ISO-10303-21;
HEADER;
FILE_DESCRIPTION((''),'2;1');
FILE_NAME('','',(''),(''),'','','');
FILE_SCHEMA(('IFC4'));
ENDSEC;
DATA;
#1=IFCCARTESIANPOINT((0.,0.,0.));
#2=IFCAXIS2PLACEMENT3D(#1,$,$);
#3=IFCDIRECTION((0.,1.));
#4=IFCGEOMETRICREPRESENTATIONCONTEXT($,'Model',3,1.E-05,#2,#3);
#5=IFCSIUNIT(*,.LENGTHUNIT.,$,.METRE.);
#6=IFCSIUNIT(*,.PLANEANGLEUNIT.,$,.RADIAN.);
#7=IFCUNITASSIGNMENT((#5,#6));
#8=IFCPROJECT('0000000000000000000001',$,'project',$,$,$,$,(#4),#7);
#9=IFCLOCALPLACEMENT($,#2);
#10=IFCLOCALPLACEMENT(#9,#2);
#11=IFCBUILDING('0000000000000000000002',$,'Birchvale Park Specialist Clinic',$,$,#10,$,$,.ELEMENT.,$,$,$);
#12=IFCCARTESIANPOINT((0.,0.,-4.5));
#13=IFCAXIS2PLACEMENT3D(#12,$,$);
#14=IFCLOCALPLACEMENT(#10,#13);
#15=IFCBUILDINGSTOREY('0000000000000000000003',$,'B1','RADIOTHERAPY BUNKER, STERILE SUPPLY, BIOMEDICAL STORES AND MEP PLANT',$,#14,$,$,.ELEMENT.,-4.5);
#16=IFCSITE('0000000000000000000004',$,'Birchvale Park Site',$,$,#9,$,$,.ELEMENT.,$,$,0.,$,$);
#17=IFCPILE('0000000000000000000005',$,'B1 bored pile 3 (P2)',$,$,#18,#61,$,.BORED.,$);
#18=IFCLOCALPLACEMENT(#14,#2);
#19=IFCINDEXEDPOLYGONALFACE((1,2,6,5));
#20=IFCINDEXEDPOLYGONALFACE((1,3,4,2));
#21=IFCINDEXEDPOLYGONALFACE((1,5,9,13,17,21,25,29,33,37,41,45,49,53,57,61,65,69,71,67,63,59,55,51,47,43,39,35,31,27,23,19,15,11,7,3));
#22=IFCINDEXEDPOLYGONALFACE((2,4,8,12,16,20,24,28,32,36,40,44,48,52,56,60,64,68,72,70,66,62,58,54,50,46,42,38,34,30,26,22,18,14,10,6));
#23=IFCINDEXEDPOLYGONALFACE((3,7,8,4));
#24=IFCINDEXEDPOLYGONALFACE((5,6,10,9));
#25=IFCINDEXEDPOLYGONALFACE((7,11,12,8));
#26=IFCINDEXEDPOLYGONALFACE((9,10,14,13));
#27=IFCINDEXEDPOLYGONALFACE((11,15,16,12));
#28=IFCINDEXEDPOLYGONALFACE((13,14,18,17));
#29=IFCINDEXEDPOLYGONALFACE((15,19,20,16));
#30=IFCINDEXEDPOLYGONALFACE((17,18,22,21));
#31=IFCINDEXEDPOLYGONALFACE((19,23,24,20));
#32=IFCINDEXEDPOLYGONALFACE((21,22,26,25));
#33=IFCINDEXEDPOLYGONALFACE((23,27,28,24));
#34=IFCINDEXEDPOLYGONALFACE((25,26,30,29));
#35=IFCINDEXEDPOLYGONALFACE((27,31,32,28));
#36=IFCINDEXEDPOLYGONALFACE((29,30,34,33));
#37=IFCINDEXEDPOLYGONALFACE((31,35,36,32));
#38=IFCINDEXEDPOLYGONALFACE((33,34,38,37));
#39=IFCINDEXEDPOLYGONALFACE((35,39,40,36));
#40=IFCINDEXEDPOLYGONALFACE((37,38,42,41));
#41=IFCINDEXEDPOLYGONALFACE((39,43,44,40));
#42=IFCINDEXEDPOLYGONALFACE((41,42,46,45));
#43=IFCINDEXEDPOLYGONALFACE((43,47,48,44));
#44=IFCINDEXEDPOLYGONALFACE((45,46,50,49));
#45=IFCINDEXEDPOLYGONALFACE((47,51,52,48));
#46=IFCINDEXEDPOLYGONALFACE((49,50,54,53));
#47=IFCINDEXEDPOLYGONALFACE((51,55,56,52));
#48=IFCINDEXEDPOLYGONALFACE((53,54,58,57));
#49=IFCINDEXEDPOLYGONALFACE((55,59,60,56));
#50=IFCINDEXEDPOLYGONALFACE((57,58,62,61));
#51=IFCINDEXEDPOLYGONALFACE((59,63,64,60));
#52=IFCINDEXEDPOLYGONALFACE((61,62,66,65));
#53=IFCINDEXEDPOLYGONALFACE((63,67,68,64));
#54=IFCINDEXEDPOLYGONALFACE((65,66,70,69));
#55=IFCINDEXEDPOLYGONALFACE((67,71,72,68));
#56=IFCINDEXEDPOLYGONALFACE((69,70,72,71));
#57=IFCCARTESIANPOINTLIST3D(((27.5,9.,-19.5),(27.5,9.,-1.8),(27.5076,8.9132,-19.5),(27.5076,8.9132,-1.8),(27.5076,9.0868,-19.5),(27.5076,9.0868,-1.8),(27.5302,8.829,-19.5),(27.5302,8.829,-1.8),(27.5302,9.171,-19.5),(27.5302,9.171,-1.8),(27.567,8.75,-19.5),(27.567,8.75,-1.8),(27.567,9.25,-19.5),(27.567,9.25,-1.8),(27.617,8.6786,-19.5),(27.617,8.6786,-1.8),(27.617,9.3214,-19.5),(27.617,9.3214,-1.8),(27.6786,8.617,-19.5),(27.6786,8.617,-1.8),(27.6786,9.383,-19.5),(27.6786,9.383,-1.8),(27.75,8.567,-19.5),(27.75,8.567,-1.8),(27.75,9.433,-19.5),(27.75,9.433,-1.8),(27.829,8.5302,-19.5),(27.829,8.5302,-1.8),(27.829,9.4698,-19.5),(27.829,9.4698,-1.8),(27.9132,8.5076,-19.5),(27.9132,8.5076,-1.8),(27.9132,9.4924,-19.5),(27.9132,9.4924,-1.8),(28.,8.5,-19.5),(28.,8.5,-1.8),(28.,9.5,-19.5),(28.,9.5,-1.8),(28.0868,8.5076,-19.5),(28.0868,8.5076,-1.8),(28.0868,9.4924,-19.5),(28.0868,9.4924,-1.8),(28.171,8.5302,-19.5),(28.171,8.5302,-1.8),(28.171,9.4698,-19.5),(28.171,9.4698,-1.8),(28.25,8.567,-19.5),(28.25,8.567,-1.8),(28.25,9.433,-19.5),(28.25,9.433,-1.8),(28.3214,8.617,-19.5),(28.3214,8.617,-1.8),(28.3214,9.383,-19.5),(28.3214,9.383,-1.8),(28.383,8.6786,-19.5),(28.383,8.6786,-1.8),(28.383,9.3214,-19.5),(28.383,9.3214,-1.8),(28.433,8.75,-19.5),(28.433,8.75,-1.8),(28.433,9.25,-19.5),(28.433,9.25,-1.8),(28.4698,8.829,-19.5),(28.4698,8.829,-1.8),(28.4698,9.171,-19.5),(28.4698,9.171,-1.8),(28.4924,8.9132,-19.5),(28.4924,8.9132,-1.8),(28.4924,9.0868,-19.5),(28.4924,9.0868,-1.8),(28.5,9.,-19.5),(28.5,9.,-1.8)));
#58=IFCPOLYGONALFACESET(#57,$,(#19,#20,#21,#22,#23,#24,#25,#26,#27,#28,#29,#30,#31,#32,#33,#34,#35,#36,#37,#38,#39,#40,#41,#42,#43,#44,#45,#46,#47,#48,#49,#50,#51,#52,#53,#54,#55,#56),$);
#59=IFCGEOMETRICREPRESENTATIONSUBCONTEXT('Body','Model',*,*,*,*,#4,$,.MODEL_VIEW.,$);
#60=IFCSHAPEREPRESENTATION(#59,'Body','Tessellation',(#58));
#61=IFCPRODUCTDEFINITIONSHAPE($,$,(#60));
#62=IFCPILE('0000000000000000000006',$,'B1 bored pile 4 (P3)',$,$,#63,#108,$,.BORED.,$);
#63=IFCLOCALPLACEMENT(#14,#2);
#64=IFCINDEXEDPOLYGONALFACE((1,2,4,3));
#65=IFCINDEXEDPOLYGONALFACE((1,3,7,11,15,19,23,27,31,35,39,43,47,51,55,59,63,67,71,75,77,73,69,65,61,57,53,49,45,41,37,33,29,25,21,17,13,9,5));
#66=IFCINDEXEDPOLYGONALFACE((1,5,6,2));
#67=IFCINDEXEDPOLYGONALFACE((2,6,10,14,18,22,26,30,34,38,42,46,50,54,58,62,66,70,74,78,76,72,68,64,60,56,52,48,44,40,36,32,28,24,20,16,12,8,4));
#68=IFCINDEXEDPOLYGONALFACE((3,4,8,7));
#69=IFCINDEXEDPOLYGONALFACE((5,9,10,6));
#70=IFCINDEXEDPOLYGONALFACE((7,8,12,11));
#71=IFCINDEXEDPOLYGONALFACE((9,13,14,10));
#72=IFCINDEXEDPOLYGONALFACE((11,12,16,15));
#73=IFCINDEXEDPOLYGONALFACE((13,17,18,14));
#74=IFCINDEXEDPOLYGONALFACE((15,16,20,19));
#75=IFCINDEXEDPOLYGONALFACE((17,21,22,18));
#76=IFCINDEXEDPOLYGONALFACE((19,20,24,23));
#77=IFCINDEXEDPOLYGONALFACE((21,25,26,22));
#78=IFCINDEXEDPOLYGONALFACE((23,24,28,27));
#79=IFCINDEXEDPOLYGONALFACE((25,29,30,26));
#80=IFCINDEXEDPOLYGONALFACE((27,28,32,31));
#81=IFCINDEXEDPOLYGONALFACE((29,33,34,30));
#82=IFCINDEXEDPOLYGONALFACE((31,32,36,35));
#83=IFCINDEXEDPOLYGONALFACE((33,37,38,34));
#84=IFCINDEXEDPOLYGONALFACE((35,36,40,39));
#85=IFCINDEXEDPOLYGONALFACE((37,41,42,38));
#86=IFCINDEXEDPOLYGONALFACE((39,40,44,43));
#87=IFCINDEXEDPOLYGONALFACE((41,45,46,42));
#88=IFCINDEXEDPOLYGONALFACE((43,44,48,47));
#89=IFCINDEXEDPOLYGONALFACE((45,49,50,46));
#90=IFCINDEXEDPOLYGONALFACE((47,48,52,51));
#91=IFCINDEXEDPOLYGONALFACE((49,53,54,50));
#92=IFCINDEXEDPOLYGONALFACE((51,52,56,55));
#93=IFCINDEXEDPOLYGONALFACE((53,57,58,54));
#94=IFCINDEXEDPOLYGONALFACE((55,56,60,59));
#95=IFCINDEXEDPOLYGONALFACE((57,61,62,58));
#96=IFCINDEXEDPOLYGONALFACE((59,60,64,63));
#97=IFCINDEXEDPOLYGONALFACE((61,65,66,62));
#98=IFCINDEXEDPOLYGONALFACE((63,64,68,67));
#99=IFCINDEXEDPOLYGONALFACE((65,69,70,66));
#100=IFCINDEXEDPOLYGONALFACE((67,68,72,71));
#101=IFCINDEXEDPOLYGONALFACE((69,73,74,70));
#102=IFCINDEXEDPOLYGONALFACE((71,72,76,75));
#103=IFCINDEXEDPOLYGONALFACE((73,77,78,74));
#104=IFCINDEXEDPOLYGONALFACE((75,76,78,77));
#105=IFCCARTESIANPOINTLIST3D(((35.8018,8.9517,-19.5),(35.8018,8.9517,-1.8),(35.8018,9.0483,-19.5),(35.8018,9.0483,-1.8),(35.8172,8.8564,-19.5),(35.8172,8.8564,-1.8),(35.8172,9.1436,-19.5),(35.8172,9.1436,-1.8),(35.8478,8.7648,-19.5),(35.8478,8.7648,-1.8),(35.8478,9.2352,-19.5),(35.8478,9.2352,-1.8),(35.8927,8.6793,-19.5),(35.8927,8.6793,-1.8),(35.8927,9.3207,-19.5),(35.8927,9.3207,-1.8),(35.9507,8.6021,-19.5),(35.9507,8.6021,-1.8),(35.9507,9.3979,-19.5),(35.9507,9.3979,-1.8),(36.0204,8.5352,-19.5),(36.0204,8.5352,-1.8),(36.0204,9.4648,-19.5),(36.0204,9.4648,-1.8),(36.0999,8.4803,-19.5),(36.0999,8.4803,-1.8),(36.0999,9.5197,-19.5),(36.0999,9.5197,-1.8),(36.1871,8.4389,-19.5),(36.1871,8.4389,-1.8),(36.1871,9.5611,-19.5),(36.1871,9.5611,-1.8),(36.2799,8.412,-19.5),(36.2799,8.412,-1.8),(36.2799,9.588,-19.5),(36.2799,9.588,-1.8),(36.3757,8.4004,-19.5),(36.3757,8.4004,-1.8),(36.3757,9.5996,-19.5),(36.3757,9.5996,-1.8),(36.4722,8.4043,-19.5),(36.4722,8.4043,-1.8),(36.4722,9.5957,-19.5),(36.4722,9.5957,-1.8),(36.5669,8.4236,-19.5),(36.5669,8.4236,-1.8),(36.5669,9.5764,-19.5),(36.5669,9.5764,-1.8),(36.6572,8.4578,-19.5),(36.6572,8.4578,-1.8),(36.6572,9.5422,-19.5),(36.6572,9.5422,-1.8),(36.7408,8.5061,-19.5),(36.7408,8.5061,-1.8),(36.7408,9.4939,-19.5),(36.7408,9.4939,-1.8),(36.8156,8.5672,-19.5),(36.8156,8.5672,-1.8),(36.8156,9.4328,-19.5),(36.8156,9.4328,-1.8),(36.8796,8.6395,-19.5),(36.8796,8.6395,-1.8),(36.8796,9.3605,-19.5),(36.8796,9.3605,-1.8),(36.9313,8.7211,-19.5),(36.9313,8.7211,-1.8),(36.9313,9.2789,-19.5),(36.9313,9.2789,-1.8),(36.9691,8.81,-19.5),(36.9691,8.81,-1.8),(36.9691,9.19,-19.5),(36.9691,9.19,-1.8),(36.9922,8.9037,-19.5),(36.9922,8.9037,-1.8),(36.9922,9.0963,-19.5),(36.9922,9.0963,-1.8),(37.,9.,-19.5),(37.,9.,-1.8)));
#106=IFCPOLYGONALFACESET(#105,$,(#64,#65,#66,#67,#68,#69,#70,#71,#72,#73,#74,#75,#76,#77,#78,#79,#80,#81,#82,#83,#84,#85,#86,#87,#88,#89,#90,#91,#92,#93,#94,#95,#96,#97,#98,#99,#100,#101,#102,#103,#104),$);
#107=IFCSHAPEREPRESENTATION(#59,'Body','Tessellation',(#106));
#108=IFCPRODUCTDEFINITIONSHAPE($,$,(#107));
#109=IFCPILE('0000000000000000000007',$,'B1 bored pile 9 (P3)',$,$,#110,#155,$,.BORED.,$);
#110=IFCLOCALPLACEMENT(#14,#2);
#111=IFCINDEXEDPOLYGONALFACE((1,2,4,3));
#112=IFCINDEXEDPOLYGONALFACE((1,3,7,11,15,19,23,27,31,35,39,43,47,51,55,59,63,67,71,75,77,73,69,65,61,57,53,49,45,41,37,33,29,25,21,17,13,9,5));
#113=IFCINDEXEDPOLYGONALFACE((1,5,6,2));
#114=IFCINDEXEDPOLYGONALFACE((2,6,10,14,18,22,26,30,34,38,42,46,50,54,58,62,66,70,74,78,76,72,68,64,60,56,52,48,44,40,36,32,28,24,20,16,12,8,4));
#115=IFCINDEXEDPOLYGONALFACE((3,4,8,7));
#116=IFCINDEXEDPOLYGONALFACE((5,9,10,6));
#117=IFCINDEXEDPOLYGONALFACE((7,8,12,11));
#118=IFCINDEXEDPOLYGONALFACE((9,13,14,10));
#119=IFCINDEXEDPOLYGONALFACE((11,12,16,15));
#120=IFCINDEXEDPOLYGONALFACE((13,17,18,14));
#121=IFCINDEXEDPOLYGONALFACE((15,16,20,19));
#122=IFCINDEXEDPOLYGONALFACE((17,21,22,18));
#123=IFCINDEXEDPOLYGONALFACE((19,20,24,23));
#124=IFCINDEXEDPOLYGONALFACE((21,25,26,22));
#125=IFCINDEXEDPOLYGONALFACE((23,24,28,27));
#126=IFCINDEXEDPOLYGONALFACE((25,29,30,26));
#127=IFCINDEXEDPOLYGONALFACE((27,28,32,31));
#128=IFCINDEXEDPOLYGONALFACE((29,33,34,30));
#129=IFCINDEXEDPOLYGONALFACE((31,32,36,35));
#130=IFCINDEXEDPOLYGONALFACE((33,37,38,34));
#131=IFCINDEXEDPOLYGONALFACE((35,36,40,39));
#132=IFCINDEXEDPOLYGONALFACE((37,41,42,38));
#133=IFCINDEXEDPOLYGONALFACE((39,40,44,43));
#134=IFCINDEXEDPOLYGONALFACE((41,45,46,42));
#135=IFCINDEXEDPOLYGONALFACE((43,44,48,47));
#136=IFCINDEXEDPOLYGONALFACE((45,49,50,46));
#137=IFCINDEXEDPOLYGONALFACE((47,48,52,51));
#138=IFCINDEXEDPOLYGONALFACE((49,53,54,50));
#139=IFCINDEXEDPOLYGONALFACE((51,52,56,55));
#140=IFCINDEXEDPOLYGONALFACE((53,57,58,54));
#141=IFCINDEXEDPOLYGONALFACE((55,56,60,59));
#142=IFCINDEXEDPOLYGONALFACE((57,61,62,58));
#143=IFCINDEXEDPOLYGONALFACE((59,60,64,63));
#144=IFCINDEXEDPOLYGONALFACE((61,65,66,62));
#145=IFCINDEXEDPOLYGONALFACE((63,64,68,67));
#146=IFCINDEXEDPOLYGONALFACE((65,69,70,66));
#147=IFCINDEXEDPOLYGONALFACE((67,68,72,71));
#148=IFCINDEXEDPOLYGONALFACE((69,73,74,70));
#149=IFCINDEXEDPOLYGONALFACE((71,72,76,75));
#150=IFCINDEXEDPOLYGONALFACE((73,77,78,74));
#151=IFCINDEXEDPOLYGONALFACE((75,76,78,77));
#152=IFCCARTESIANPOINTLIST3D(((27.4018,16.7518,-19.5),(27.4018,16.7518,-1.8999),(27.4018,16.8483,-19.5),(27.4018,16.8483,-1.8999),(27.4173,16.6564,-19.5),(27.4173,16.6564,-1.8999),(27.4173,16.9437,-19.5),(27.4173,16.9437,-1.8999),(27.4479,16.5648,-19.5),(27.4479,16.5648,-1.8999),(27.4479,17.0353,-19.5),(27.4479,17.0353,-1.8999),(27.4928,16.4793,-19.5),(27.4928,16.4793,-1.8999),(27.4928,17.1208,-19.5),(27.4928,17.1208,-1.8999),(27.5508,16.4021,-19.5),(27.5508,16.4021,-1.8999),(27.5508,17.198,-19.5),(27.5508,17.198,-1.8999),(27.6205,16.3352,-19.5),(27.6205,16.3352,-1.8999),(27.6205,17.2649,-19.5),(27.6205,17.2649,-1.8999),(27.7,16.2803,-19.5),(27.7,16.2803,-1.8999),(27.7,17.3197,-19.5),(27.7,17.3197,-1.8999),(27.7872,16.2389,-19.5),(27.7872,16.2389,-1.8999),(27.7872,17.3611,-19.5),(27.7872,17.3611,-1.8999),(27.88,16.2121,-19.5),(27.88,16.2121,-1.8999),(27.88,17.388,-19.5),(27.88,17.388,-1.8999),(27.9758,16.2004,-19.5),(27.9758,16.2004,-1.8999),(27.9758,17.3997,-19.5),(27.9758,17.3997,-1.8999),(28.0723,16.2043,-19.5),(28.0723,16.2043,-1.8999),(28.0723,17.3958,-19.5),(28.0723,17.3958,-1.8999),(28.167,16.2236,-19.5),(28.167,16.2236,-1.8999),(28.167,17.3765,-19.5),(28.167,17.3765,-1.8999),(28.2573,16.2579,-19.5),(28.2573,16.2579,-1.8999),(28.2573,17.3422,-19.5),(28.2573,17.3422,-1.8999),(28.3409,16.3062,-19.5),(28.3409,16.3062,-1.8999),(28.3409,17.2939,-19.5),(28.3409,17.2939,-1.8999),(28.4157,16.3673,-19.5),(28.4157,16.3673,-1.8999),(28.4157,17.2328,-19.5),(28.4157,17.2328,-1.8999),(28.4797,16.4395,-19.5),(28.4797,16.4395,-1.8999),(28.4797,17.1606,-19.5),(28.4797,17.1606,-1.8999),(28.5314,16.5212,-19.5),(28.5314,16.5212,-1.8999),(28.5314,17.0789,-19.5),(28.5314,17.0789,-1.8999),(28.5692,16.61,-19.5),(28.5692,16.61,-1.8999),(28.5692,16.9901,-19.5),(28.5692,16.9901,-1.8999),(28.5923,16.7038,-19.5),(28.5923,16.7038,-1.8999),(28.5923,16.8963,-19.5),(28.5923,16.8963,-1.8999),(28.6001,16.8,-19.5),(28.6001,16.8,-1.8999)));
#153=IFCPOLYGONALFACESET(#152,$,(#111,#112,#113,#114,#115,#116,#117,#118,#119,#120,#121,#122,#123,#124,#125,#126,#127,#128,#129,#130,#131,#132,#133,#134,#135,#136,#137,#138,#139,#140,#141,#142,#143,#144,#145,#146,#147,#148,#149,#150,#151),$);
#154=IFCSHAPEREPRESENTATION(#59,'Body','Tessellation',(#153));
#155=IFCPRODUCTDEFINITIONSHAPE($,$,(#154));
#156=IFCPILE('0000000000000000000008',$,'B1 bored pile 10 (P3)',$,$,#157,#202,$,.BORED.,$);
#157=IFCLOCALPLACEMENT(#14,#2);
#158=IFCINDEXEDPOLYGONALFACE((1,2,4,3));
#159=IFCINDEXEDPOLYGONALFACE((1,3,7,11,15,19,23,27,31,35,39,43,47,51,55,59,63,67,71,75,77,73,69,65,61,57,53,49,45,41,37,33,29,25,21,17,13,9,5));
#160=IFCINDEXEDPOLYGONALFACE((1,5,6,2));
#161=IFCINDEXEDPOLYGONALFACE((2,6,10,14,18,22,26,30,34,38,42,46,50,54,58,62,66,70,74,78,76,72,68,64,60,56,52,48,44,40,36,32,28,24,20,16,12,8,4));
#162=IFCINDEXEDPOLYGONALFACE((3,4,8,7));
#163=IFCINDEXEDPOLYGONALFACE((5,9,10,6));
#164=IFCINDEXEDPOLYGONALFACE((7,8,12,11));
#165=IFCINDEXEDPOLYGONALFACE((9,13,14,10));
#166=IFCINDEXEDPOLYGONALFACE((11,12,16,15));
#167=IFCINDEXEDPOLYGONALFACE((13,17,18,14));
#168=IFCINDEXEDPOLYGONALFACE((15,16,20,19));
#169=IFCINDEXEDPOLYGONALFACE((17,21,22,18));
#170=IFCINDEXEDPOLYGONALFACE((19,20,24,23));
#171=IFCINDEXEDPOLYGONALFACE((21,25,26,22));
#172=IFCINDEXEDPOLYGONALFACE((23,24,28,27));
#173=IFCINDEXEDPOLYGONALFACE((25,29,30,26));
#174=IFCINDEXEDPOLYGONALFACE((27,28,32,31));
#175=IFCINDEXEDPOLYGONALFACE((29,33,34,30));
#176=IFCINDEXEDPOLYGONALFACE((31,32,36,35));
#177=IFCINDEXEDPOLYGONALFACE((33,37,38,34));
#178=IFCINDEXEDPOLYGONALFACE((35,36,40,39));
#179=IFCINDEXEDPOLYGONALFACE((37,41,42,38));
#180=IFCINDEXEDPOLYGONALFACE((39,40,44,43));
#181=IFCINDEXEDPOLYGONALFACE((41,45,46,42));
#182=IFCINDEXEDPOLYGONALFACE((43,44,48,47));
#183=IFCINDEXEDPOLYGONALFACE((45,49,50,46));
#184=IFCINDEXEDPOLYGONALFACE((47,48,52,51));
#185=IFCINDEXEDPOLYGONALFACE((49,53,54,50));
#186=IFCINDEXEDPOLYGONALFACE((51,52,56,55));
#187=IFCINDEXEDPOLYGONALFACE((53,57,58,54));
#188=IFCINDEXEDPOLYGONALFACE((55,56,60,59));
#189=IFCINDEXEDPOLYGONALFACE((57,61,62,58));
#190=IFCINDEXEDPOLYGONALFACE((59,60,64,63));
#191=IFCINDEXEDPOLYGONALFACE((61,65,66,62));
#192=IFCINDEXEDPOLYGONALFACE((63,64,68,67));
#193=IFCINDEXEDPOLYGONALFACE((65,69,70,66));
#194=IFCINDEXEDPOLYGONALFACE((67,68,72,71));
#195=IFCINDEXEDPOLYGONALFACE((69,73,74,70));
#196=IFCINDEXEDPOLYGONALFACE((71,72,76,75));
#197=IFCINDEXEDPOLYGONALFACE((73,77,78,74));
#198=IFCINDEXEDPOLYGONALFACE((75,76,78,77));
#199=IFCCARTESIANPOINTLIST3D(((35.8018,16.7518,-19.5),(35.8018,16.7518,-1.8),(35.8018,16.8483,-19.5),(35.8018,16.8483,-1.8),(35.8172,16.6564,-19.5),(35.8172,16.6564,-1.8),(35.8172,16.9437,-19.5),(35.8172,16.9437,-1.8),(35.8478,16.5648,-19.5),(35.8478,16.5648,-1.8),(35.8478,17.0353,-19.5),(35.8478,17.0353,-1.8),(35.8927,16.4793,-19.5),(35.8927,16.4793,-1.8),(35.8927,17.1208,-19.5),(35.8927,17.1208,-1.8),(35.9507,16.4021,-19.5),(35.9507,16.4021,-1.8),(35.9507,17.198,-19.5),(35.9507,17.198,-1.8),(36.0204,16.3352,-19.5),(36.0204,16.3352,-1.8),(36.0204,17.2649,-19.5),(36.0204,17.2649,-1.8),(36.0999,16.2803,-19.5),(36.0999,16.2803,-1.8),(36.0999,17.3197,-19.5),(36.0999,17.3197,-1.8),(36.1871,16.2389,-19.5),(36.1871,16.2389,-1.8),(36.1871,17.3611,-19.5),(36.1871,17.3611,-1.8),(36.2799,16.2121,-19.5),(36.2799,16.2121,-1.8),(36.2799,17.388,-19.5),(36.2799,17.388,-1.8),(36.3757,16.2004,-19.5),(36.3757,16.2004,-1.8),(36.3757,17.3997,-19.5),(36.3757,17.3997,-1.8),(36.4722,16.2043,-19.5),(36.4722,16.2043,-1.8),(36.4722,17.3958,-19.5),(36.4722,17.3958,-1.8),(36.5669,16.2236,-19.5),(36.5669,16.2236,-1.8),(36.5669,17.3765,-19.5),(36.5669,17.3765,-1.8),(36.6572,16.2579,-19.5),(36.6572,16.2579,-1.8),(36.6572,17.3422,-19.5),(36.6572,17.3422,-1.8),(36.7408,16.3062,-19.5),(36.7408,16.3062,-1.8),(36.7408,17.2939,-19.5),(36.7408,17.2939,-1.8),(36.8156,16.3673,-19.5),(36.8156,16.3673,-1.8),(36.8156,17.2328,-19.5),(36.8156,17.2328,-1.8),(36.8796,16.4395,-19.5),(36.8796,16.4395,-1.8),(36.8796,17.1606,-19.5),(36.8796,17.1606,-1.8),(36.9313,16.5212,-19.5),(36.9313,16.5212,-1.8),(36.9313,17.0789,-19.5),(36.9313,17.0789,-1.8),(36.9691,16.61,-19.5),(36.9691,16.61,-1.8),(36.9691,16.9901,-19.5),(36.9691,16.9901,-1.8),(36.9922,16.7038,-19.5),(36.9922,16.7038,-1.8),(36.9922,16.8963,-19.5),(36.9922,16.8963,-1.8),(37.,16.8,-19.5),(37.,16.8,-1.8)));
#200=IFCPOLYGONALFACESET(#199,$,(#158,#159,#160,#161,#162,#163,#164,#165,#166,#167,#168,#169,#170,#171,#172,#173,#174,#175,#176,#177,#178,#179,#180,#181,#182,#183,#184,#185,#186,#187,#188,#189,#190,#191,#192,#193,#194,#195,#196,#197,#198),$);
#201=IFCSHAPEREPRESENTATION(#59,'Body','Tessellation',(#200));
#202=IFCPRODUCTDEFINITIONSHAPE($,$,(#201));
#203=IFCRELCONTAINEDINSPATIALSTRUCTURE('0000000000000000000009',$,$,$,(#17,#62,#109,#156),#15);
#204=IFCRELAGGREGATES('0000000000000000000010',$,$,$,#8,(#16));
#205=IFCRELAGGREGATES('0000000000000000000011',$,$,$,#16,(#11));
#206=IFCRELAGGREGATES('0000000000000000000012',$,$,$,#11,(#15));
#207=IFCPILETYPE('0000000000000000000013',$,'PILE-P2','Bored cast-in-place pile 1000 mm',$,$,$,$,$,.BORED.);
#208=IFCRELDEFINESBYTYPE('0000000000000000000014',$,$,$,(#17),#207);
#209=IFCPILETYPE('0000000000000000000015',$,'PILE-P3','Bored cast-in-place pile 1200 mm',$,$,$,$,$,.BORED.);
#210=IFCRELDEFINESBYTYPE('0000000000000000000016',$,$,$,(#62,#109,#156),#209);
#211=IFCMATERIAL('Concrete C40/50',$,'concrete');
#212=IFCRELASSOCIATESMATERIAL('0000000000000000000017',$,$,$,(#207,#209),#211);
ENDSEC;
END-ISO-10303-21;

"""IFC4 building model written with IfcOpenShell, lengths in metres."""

from ifc_helpers import new_model, si_unit, direction, frame, origin, origin_2d, place, context, subcontext, project, spatial, circle, extrude, material, material_profile, profile_set, type_object, element, save


model = new_model("IFC4")

# Units and contexts
model_context = context("Model", 3, precision=1e-05, world=origin(), true_north=direction((0.0, 1.0)))
body_context = subcontext(model_context, "Body", "Model", "MODEL_VIEW")
ifc_project = project(units=[si_unit("LENGTHUNIT", "METRE"), si_unit("PLANEANGLEUNIT", "RADIAN")], contexts=[model_context])

# Site, building, storey
site_placement = place(None, origin())
site = spatial("IfcSite", under=ifc_project, at=site_placement, Name="Birchvale Park Site", CompositionType="ELEMENT", RefElevation=0.0)
building_placement = place(site_placement, origin())
building = spatial("IfcBuilding", under=site, at=building_placement, Name="Birchvale Park Specialist Clinic", CompositionType="ELEMENT")
storey_placement = place(building_placement, frame((0.0, 0.0, -4.5)))
storey = spatial("IfcBuildingStorey", under=building, at=storey_placement, Name="B1", Description="RADIOTHERAPY BUNKER, STERILE SUPPLY, BIOMEDICAL STORES AND MEP PLANT", CompositionType="ELEMENT", Elevation=-4.5)

# Shared definitions
ifc_material_1 = material(Name="Concrete C40/50", Category="concrete")

# Piles
ifc_material_profile_1 = material_profile(ifc_material_1, circle(Radius=0.5, at=origin_2d()), Name="PILE-1000")
ifc_profile_set_1 = profile_set([ifc_material_profile_1], Name="Concrete C40/50")
pile_type_1 = type_object("IfcPileType", Name="PILE-P2", Description="Bored cast-in-place pile 1000 mm", PredefinedType="BORED", material=ifc_profile_set_1)
pile_1_placement = place(storey_placement, frame((28.0, 9.0, -1.8), z_axis=(0.0, 0.0, -1.0), x_axis=(1.0, 0.0, 0.0)))
element("IfcPile", 1, at=pile_1_placement, inside=storey, type_object=pile_type_1, Name="B1 bored pile 3 (P2)", PredefinedType="BORED", context=body_context, shape_type="SweptSolid", body=[
    extrude(circle(Radius=0.5, at=origin_2d()), origin(), (0.0, 0.0, 1.0), 17.7),
])
ifc_material_profile_2 = material_profile(ifc_material_1, circle(Radius=0.6001, at=origin_2d()), Name="PILE-1200")
ifc_profile_set_2 = profile_set([ifc_material_profile_2], Name="Concrete C40/50")
pile_type_2 = type_object("IfcPileType", Name="PILE-P3", Description="Bored cast-in-place pile 1200 mm", PredefinedType="BORED", material=ifc_profile_set_2)
pile_2_placement = place(storey_placement, frame((36.3999, 9.0, -1.8), z_axis=(0.0, 0.0, -1.0), x_axis=(1.0, 0.0, 0.0)))
element("IfcPile", 2, at=pile_2_placement, inside=storey, type_object=pile_type_2, Name="B1 bored pile 4 (P3)", PredefinedType="BORED", context=body_context, shape_type="SweptSolid", body=[
    extrude(circle(Radius=0.6001, at=origin_2d()), origin(), (0.0, 0.0, 1.0), 17.7),
])
pile_3_placement = place(storey_placement, frame((28.0, 16.8, -1.8999), z_axis=(0.0, 0.0, -1.0), x_axis=(1.0, 0.0, 0.0)))
element("IfcPile", 3, at=pile_3_placement, inside=storey, type_object=pile_type_2, Name="B1 bored pile 9 (P3)", PredefinedType="BORED", context=body_context, shape_type="SweptSolid", body=[
    extrude(circle(Radius=0.6001, at=origin_2d()), origin(), (0.0, 0.0, 1.0), 17.6001),
])
for number, where, z_axis, x_axis, name in (
    (4, (36.3999, 16.8, -1.8), (0.0, 0.0, -1.0), (1.0, 0.0, 0.0), "B1 bored pile 10 (P3)"),
):
    element("IfcPile", number, at=place(storey_placement, frame(where, z_axis=z_axis, x_axis=x_axis)), inside=storey, type_object=pile_type_2, Name=name, PredefinedType="BORED", context=body_context, shape_type="SweptSolid", body=[
        extrude(circle(Radius=0.6001, at=origin_2d()), origin(), (0.0, 0.0, 1.0), 17.7),
    ])

save(model, "model.ifc")
